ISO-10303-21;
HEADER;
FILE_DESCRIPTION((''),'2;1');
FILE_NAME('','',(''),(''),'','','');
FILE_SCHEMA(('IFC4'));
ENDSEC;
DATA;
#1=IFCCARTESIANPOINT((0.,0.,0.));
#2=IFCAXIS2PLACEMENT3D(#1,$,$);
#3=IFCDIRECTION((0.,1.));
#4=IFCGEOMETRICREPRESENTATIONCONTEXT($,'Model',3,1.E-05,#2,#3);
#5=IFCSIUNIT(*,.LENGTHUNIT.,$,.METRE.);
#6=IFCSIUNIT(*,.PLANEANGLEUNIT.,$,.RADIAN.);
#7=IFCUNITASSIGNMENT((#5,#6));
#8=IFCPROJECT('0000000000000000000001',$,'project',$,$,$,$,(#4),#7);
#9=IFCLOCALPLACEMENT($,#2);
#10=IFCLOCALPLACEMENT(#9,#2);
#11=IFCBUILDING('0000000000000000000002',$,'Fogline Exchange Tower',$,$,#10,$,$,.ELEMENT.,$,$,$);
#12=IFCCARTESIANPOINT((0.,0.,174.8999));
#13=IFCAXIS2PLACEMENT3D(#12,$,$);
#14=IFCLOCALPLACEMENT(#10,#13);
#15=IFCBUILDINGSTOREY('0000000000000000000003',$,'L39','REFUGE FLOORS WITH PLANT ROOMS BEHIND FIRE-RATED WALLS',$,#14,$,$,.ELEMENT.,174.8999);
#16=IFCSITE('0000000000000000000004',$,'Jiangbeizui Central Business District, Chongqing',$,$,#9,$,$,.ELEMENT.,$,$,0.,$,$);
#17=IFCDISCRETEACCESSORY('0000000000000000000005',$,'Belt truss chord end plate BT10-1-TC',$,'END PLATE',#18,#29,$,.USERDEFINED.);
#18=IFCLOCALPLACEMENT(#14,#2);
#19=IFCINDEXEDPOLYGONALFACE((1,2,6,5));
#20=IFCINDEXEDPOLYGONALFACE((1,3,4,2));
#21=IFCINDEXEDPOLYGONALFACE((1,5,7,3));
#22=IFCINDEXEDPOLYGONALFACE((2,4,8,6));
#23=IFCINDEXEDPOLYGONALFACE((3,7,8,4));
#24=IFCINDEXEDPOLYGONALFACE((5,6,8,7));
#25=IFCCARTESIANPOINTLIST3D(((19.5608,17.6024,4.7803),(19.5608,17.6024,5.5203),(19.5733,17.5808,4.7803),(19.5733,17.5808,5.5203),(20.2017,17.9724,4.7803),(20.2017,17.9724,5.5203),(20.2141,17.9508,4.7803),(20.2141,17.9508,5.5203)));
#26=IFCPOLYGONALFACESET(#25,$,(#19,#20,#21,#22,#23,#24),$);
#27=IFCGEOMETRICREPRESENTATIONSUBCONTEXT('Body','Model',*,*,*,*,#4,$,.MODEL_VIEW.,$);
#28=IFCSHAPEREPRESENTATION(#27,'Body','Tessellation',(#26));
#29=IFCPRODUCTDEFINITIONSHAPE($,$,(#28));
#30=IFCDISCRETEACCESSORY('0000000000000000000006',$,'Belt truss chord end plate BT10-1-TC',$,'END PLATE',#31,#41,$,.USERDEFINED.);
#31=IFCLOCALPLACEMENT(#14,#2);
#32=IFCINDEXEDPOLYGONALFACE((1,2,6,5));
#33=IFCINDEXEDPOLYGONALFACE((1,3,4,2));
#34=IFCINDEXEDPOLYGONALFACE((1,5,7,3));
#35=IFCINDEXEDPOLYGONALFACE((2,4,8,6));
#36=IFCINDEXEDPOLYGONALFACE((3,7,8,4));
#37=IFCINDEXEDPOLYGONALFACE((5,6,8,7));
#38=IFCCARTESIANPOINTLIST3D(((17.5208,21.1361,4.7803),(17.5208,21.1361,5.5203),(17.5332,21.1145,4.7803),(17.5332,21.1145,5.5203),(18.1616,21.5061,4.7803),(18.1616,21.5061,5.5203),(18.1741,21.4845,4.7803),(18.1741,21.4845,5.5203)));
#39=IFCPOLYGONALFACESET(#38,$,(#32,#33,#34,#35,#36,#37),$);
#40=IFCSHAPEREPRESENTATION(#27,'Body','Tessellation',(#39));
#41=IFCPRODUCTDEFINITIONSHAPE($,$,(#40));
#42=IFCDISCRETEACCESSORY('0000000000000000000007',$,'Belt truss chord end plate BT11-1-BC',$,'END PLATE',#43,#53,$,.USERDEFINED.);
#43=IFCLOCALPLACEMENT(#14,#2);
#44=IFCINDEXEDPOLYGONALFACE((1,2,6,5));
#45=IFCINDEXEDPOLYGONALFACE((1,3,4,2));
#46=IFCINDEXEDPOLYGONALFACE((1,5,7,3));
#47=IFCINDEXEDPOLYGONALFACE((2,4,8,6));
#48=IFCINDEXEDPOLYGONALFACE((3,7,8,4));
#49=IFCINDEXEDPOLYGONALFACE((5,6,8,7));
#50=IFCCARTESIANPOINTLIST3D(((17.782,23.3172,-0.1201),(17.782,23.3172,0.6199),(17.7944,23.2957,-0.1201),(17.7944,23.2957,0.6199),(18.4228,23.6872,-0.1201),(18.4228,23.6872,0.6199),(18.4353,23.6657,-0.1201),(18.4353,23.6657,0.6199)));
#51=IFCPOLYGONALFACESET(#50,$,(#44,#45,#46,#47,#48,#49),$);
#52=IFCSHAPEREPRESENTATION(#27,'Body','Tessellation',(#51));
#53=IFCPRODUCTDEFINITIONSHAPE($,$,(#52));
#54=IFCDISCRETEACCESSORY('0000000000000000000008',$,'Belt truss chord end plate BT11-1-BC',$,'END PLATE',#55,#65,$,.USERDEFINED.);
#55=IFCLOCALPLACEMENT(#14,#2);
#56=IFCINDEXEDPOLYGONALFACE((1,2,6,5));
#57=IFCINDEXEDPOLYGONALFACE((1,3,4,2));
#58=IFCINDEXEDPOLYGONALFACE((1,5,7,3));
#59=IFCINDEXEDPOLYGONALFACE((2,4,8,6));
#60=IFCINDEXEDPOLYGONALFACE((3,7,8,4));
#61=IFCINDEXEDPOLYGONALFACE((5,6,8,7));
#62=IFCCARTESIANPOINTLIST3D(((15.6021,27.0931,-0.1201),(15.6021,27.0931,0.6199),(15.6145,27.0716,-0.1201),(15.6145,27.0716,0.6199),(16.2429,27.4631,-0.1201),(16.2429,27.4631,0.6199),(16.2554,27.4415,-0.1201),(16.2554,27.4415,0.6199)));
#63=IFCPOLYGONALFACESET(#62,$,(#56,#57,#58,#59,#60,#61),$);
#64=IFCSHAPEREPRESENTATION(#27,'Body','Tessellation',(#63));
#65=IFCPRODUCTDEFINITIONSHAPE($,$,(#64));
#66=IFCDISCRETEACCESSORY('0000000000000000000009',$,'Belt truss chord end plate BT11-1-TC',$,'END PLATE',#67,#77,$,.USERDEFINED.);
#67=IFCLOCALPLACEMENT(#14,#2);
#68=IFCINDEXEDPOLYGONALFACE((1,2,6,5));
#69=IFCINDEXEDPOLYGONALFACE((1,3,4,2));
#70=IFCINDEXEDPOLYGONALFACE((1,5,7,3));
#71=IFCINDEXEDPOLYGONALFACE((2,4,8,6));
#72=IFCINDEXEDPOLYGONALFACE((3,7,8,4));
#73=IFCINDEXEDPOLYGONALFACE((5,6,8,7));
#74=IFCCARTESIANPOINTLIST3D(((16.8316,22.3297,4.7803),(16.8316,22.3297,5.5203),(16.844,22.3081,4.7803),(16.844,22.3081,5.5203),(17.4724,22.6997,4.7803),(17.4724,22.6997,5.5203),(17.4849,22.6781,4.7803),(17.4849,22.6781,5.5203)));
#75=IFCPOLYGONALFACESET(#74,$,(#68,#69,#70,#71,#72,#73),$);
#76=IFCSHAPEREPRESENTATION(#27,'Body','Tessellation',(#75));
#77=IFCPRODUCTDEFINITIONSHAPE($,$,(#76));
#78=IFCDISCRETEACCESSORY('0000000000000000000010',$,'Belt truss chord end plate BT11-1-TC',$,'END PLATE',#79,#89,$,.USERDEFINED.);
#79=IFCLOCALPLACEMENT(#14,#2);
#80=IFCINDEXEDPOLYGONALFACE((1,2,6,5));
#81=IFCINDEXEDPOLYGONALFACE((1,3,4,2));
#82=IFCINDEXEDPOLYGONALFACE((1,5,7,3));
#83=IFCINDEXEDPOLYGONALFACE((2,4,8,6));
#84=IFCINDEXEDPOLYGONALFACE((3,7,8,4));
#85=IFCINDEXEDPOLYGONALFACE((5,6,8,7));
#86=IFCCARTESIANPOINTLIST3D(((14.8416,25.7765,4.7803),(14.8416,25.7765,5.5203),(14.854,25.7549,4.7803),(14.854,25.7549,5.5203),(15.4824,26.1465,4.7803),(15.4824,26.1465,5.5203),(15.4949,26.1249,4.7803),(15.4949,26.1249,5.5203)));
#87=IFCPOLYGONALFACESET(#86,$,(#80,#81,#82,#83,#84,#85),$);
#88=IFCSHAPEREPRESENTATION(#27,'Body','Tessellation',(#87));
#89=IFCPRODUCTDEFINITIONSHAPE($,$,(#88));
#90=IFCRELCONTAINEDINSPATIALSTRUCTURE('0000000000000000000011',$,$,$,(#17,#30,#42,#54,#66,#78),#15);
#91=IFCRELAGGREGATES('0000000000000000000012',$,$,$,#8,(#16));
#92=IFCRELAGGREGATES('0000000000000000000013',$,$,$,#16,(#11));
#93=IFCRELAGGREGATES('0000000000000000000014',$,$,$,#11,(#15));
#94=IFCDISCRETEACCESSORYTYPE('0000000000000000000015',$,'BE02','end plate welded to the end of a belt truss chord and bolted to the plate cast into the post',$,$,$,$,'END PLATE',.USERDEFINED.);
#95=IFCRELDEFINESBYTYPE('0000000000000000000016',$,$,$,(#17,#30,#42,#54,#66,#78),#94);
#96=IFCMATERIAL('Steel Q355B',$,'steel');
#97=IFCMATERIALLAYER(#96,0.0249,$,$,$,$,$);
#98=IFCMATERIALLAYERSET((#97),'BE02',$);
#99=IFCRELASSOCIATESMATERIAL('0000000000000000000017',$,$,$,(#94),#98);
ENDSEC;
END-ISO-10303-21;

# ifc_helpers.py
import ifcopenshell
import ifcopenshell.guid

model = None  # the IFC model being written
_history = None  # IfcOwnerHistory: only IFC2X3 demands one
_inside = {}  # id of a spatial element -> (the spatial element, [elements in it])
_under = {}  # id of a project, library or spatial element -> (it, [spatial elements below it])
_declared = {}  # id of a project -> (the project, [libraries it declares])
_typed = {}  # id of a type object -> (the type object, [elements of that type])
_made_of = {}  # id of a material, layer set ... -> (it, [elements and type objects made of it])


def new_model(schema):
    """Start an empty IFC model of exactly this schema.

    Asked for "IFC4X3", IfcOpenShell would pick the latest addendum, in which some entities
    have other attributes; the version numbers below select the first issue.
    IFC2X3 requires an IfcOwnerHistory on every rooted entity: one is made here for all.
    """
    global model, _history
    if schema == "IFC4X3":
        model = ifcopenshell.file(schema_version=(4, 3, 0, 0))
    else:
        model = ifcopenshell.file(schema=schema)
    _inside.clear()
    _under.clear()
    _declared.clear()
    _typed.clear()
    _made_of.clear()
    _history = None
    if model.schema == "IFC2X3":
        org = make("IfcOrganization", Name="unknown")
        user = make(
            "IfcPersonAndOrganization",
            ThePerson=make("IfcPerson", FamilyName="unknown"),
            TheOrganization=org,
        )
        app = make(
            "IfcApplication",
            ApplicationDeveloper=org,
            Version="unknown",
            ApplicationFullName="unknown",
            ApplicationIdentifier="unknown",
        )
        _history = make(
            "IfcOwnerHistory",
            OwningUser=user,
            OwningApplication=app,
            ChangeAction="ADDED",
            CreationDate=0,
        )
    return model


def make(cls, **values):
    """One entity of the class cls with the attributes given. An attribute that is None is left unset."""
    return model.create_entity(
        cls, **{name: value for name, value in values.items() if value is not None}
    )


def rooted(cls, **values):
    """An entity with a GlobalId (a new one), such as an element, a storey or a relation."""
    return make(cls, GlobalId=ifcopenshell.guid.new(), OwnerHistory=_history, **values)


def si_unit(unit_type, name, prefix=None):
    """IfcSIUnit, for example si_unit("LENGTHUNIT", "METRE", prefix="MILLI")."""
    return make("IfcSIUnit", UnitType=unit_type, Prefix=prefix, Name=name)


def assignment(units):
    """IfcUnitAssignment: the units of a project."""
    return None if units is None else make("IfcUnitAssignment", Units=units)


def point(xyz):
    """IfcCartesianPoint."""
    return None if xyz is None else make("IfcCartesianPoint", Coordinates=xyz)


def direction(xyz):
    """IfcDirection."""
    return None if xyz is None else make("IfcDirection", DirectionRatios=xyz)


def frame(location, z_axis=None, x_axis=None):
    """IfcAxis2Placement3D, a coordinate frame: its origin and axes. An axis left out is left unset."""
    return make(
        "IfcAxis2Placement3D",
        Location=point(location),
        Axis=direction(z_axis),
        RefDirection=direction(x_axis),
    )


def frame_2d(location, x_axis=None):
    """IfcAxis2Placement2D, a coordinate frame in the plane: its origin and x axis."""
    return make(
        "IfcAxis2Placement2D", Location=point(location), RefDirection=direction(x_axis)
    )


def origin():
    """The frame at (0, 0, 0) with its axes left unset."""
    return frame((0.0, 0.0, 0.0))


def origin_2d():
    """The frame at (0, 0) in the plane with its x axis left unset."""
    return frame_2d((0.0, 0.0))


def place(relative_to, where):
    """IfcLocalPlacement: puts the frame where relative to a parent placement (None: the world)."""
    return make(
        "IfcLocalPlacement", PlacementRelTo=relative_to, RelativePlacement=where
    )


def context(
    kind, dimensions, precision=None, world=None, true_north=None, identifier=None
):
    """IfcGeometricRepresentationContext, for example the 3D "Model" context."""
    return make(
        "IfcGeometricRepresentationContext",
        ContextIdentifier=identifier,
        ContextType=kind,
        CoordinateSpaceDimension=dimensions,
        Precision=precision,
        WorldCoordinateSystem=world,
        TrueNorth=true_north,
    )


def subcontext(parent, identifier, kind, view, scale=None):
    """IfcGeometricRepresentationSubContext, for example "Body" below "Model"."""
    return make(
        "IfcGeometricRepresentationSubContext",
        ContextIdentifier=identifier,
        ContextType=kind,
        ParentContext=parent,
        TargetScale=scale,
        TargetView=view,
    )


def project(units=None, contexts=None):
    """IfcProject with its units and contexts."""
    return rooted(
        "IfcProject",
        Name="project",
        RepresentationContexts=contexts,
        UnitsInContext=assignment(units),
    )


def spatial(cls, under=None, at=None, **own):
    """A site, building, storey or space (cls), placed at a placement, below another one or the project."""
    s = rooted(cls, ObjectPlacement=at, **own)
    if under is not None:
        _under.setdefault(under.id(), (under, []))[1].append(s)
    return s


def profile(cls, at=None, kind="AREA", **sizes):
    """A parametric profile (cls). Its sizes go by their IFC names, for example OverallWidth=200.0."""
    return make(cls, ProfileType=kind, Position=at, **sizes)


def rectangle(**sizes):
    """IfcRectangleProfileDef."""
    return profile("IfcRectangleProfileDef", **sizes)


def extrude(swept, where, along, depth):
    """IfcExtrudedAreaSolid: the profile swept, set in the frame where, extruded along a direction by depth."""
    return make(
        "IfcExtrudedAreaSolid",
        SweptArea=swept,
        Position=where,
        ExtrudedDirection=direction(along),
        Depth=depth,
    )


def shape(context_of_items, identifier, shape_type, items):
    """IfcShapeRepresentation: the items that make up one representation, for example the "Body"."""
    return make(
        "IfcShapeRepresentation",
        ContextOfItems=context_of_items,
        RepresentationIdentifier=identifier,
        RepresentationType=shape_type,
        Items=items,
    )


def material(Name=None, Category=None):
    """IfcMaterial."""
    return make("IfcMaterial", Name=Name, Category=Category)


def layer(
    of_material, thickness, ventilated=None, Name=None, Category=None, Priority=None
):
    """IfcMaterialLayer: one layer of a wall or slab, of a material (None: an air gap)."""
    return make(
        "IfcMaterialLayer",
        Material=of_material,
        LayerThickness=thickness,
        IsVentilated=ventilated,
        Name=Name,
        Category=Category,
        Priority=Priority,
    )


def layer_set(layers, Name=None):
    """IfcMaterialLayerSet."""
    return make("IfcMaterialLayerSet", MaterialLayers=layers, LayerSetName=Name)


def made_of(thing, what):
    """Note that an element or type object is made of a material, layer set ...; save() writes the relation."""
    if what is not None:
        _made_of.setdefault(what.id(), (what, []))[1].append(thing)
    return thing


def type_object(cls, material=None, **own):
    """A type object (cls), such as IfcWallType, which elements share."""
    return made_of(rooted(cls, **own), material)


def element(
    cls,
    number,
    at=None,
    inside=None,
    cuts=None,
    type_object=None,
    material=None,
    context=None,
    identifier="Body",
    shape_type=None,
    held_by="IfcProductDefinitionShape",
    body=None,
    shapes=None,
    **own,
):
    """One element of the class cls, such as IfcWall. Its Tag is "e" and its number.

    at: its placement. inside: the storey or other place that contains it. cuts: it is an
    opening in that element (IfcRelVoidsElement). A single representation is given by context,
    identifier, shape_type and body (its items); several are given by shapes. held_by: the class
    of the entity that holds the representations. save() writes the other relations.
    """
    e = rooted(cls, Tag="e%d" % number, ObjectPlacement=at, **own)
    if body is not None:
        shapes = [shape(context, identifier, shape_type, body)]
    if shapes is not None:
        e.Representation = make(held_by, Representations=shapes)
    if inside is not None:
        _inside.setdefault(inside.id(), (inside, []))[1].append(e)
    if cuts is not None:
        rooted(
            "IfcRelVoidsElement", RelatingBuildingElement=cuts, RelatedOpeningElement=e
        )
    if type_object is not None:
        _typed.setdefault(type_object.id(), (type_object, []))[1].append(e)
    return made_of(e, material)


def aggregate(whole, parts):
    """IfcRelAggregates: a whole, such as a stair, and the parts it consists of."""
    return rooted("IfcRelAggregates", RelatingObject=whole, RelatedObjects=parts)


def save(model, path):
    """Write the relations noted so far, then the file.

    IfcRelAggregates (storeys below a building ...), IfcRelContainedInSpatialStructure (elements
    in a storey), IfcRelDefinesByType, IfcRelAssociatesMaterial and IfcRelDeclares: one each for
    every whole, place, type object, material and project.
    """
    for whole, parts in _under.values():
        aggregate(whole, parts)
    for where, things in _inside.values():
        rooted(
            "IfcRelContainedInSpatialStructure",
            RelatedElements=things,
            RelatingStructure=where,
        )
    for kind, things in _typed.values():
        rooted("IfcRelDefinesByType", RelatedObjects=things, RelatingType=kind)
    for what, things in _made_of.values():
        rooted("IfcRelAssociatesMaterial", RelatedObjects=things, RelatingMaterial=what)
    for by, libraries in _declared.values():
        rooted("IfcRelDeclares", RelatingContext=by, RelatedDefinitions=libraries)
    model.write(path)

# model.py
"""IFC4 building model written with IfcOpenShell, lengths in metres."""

from ifc_helpers import new_model, si_unit, direction, frame, origin, origin_2d, place, context, subcontext, project, spatial, rectangle, extrude, material, layer, layer_set, type_object, element, save


model = new_model("IFC4")

# Units and contexts
model_context = context("Model", 3, precision=1e-05, world=origin(), true_north=direction((0.0, 1.0)))
body_context = subcontext(model_context, "Body", "Model", "MODEL_VIEW")
ifc_project = project(units=[si_unit("LENGTHUNIT", "METRE"), si_unit("PLANEANGLEUNIT", "RADIAN")], contexts=[model_context])

# Site, building, storey
site_placement = place(None, origin())
site = spatial("IfcSite", under=ifc_project, at=site_placement, Name="Jiangbeizui Central Business District, Chongqing", CompositionType="ELEMENT", RefElevation=0.0)
building_placement = place(site_placement, origin())
building = spatial("IfcBuilding", under=site, at=building_placement, Name="Fogline Exchange Tower", CompositionType="ELEMENT")
storey_placement = place(building_placement, frame((0.0, 0.0, 174.8999)))
storey = spatial("IfcBuildingStorey", under=building, at=storey_placement, Name="L39", Description="REFUGE FLOORS WITH PLANT ROOMS BEHIND FIRE-RATED WALLS", CompositionType="ELEMENT", Elevation=174.8999)

# Shared definitions
ifc_material_1 = material(Name="Steel Q355B", Category="steel")

# Discrete accessories
ifc_layer = layer(ifc_material_1, 0.0249)
ifc_layer_set = layer_set([ifc_layer], Name="BE02")
discrete_accessory_type = type_object("IfcDiscreteAccessoryType", Name="BE02", Description="end plate welded to the end of a belt truss chord and bolted to the plate cast into the post", ElementType="END PLATE", PredefinedType="USERDEFINED", material=ifc_layer_set)
for number, where, z_axis, x_axis, name in (
    (1, (19.8875, 17.7766, 4.7803), (0.0, 0.0, 1.0), (0.5, -0.866025, 0.0), "Belt truss chord end plate BT10-1-TC"),
    (2, (17.8474, 21.3103, 4.7803), (0.0, 0.0, 1.0), (-0.5, 0.866025, 0.0), "Belt truss chord end plate BT10-1-TC"),
    (3, (18.1086, 23.4915, -0.1201), (0.0, 0.0, 1.0), (0.5, -0.866025, 0.0), "Belt truss chord end plate BT11-1-BC"),
    (4, (15.9287, 27.2673, -0.1201), (0.0, 0.0, 1.0), (-0.5, 0.866025, 0.0), "Belt truss chord end plate BT11-1-BC"),
    (5, (17.1582, 22.5039, 4.7803), (0.0, 0.0, 1.0), (0.5, -0.866025, 0.0), "Belt truss chord end plate BT11-1-TC"),
    (6, (15.1682, 25.9507, 4.7803), (0.0, 0.0, 1.0), (-0.5, 0.866025, 0.0), "Belt truss chord end plate BT11-1-TC"),
):
    element("IfcDiscreteAccessory", number, at=place(storey_placement, frame(where, z_axis=z_axis, x_axis=x_axis)), inside=storey, type_object=discrete_accessory_type, Name=name, ObjectType="END PLATE", PredefinedType="USERDEFINED", context=body_context, shape_type="SweptSolid", body=[
        extrude(rectangle(XDim=0.0249, YDim=0.74, at=origin_2d()), origin(), (0.0, 0.0, 1.0), 0.74),
    ])

save(model, "model.ifc")
